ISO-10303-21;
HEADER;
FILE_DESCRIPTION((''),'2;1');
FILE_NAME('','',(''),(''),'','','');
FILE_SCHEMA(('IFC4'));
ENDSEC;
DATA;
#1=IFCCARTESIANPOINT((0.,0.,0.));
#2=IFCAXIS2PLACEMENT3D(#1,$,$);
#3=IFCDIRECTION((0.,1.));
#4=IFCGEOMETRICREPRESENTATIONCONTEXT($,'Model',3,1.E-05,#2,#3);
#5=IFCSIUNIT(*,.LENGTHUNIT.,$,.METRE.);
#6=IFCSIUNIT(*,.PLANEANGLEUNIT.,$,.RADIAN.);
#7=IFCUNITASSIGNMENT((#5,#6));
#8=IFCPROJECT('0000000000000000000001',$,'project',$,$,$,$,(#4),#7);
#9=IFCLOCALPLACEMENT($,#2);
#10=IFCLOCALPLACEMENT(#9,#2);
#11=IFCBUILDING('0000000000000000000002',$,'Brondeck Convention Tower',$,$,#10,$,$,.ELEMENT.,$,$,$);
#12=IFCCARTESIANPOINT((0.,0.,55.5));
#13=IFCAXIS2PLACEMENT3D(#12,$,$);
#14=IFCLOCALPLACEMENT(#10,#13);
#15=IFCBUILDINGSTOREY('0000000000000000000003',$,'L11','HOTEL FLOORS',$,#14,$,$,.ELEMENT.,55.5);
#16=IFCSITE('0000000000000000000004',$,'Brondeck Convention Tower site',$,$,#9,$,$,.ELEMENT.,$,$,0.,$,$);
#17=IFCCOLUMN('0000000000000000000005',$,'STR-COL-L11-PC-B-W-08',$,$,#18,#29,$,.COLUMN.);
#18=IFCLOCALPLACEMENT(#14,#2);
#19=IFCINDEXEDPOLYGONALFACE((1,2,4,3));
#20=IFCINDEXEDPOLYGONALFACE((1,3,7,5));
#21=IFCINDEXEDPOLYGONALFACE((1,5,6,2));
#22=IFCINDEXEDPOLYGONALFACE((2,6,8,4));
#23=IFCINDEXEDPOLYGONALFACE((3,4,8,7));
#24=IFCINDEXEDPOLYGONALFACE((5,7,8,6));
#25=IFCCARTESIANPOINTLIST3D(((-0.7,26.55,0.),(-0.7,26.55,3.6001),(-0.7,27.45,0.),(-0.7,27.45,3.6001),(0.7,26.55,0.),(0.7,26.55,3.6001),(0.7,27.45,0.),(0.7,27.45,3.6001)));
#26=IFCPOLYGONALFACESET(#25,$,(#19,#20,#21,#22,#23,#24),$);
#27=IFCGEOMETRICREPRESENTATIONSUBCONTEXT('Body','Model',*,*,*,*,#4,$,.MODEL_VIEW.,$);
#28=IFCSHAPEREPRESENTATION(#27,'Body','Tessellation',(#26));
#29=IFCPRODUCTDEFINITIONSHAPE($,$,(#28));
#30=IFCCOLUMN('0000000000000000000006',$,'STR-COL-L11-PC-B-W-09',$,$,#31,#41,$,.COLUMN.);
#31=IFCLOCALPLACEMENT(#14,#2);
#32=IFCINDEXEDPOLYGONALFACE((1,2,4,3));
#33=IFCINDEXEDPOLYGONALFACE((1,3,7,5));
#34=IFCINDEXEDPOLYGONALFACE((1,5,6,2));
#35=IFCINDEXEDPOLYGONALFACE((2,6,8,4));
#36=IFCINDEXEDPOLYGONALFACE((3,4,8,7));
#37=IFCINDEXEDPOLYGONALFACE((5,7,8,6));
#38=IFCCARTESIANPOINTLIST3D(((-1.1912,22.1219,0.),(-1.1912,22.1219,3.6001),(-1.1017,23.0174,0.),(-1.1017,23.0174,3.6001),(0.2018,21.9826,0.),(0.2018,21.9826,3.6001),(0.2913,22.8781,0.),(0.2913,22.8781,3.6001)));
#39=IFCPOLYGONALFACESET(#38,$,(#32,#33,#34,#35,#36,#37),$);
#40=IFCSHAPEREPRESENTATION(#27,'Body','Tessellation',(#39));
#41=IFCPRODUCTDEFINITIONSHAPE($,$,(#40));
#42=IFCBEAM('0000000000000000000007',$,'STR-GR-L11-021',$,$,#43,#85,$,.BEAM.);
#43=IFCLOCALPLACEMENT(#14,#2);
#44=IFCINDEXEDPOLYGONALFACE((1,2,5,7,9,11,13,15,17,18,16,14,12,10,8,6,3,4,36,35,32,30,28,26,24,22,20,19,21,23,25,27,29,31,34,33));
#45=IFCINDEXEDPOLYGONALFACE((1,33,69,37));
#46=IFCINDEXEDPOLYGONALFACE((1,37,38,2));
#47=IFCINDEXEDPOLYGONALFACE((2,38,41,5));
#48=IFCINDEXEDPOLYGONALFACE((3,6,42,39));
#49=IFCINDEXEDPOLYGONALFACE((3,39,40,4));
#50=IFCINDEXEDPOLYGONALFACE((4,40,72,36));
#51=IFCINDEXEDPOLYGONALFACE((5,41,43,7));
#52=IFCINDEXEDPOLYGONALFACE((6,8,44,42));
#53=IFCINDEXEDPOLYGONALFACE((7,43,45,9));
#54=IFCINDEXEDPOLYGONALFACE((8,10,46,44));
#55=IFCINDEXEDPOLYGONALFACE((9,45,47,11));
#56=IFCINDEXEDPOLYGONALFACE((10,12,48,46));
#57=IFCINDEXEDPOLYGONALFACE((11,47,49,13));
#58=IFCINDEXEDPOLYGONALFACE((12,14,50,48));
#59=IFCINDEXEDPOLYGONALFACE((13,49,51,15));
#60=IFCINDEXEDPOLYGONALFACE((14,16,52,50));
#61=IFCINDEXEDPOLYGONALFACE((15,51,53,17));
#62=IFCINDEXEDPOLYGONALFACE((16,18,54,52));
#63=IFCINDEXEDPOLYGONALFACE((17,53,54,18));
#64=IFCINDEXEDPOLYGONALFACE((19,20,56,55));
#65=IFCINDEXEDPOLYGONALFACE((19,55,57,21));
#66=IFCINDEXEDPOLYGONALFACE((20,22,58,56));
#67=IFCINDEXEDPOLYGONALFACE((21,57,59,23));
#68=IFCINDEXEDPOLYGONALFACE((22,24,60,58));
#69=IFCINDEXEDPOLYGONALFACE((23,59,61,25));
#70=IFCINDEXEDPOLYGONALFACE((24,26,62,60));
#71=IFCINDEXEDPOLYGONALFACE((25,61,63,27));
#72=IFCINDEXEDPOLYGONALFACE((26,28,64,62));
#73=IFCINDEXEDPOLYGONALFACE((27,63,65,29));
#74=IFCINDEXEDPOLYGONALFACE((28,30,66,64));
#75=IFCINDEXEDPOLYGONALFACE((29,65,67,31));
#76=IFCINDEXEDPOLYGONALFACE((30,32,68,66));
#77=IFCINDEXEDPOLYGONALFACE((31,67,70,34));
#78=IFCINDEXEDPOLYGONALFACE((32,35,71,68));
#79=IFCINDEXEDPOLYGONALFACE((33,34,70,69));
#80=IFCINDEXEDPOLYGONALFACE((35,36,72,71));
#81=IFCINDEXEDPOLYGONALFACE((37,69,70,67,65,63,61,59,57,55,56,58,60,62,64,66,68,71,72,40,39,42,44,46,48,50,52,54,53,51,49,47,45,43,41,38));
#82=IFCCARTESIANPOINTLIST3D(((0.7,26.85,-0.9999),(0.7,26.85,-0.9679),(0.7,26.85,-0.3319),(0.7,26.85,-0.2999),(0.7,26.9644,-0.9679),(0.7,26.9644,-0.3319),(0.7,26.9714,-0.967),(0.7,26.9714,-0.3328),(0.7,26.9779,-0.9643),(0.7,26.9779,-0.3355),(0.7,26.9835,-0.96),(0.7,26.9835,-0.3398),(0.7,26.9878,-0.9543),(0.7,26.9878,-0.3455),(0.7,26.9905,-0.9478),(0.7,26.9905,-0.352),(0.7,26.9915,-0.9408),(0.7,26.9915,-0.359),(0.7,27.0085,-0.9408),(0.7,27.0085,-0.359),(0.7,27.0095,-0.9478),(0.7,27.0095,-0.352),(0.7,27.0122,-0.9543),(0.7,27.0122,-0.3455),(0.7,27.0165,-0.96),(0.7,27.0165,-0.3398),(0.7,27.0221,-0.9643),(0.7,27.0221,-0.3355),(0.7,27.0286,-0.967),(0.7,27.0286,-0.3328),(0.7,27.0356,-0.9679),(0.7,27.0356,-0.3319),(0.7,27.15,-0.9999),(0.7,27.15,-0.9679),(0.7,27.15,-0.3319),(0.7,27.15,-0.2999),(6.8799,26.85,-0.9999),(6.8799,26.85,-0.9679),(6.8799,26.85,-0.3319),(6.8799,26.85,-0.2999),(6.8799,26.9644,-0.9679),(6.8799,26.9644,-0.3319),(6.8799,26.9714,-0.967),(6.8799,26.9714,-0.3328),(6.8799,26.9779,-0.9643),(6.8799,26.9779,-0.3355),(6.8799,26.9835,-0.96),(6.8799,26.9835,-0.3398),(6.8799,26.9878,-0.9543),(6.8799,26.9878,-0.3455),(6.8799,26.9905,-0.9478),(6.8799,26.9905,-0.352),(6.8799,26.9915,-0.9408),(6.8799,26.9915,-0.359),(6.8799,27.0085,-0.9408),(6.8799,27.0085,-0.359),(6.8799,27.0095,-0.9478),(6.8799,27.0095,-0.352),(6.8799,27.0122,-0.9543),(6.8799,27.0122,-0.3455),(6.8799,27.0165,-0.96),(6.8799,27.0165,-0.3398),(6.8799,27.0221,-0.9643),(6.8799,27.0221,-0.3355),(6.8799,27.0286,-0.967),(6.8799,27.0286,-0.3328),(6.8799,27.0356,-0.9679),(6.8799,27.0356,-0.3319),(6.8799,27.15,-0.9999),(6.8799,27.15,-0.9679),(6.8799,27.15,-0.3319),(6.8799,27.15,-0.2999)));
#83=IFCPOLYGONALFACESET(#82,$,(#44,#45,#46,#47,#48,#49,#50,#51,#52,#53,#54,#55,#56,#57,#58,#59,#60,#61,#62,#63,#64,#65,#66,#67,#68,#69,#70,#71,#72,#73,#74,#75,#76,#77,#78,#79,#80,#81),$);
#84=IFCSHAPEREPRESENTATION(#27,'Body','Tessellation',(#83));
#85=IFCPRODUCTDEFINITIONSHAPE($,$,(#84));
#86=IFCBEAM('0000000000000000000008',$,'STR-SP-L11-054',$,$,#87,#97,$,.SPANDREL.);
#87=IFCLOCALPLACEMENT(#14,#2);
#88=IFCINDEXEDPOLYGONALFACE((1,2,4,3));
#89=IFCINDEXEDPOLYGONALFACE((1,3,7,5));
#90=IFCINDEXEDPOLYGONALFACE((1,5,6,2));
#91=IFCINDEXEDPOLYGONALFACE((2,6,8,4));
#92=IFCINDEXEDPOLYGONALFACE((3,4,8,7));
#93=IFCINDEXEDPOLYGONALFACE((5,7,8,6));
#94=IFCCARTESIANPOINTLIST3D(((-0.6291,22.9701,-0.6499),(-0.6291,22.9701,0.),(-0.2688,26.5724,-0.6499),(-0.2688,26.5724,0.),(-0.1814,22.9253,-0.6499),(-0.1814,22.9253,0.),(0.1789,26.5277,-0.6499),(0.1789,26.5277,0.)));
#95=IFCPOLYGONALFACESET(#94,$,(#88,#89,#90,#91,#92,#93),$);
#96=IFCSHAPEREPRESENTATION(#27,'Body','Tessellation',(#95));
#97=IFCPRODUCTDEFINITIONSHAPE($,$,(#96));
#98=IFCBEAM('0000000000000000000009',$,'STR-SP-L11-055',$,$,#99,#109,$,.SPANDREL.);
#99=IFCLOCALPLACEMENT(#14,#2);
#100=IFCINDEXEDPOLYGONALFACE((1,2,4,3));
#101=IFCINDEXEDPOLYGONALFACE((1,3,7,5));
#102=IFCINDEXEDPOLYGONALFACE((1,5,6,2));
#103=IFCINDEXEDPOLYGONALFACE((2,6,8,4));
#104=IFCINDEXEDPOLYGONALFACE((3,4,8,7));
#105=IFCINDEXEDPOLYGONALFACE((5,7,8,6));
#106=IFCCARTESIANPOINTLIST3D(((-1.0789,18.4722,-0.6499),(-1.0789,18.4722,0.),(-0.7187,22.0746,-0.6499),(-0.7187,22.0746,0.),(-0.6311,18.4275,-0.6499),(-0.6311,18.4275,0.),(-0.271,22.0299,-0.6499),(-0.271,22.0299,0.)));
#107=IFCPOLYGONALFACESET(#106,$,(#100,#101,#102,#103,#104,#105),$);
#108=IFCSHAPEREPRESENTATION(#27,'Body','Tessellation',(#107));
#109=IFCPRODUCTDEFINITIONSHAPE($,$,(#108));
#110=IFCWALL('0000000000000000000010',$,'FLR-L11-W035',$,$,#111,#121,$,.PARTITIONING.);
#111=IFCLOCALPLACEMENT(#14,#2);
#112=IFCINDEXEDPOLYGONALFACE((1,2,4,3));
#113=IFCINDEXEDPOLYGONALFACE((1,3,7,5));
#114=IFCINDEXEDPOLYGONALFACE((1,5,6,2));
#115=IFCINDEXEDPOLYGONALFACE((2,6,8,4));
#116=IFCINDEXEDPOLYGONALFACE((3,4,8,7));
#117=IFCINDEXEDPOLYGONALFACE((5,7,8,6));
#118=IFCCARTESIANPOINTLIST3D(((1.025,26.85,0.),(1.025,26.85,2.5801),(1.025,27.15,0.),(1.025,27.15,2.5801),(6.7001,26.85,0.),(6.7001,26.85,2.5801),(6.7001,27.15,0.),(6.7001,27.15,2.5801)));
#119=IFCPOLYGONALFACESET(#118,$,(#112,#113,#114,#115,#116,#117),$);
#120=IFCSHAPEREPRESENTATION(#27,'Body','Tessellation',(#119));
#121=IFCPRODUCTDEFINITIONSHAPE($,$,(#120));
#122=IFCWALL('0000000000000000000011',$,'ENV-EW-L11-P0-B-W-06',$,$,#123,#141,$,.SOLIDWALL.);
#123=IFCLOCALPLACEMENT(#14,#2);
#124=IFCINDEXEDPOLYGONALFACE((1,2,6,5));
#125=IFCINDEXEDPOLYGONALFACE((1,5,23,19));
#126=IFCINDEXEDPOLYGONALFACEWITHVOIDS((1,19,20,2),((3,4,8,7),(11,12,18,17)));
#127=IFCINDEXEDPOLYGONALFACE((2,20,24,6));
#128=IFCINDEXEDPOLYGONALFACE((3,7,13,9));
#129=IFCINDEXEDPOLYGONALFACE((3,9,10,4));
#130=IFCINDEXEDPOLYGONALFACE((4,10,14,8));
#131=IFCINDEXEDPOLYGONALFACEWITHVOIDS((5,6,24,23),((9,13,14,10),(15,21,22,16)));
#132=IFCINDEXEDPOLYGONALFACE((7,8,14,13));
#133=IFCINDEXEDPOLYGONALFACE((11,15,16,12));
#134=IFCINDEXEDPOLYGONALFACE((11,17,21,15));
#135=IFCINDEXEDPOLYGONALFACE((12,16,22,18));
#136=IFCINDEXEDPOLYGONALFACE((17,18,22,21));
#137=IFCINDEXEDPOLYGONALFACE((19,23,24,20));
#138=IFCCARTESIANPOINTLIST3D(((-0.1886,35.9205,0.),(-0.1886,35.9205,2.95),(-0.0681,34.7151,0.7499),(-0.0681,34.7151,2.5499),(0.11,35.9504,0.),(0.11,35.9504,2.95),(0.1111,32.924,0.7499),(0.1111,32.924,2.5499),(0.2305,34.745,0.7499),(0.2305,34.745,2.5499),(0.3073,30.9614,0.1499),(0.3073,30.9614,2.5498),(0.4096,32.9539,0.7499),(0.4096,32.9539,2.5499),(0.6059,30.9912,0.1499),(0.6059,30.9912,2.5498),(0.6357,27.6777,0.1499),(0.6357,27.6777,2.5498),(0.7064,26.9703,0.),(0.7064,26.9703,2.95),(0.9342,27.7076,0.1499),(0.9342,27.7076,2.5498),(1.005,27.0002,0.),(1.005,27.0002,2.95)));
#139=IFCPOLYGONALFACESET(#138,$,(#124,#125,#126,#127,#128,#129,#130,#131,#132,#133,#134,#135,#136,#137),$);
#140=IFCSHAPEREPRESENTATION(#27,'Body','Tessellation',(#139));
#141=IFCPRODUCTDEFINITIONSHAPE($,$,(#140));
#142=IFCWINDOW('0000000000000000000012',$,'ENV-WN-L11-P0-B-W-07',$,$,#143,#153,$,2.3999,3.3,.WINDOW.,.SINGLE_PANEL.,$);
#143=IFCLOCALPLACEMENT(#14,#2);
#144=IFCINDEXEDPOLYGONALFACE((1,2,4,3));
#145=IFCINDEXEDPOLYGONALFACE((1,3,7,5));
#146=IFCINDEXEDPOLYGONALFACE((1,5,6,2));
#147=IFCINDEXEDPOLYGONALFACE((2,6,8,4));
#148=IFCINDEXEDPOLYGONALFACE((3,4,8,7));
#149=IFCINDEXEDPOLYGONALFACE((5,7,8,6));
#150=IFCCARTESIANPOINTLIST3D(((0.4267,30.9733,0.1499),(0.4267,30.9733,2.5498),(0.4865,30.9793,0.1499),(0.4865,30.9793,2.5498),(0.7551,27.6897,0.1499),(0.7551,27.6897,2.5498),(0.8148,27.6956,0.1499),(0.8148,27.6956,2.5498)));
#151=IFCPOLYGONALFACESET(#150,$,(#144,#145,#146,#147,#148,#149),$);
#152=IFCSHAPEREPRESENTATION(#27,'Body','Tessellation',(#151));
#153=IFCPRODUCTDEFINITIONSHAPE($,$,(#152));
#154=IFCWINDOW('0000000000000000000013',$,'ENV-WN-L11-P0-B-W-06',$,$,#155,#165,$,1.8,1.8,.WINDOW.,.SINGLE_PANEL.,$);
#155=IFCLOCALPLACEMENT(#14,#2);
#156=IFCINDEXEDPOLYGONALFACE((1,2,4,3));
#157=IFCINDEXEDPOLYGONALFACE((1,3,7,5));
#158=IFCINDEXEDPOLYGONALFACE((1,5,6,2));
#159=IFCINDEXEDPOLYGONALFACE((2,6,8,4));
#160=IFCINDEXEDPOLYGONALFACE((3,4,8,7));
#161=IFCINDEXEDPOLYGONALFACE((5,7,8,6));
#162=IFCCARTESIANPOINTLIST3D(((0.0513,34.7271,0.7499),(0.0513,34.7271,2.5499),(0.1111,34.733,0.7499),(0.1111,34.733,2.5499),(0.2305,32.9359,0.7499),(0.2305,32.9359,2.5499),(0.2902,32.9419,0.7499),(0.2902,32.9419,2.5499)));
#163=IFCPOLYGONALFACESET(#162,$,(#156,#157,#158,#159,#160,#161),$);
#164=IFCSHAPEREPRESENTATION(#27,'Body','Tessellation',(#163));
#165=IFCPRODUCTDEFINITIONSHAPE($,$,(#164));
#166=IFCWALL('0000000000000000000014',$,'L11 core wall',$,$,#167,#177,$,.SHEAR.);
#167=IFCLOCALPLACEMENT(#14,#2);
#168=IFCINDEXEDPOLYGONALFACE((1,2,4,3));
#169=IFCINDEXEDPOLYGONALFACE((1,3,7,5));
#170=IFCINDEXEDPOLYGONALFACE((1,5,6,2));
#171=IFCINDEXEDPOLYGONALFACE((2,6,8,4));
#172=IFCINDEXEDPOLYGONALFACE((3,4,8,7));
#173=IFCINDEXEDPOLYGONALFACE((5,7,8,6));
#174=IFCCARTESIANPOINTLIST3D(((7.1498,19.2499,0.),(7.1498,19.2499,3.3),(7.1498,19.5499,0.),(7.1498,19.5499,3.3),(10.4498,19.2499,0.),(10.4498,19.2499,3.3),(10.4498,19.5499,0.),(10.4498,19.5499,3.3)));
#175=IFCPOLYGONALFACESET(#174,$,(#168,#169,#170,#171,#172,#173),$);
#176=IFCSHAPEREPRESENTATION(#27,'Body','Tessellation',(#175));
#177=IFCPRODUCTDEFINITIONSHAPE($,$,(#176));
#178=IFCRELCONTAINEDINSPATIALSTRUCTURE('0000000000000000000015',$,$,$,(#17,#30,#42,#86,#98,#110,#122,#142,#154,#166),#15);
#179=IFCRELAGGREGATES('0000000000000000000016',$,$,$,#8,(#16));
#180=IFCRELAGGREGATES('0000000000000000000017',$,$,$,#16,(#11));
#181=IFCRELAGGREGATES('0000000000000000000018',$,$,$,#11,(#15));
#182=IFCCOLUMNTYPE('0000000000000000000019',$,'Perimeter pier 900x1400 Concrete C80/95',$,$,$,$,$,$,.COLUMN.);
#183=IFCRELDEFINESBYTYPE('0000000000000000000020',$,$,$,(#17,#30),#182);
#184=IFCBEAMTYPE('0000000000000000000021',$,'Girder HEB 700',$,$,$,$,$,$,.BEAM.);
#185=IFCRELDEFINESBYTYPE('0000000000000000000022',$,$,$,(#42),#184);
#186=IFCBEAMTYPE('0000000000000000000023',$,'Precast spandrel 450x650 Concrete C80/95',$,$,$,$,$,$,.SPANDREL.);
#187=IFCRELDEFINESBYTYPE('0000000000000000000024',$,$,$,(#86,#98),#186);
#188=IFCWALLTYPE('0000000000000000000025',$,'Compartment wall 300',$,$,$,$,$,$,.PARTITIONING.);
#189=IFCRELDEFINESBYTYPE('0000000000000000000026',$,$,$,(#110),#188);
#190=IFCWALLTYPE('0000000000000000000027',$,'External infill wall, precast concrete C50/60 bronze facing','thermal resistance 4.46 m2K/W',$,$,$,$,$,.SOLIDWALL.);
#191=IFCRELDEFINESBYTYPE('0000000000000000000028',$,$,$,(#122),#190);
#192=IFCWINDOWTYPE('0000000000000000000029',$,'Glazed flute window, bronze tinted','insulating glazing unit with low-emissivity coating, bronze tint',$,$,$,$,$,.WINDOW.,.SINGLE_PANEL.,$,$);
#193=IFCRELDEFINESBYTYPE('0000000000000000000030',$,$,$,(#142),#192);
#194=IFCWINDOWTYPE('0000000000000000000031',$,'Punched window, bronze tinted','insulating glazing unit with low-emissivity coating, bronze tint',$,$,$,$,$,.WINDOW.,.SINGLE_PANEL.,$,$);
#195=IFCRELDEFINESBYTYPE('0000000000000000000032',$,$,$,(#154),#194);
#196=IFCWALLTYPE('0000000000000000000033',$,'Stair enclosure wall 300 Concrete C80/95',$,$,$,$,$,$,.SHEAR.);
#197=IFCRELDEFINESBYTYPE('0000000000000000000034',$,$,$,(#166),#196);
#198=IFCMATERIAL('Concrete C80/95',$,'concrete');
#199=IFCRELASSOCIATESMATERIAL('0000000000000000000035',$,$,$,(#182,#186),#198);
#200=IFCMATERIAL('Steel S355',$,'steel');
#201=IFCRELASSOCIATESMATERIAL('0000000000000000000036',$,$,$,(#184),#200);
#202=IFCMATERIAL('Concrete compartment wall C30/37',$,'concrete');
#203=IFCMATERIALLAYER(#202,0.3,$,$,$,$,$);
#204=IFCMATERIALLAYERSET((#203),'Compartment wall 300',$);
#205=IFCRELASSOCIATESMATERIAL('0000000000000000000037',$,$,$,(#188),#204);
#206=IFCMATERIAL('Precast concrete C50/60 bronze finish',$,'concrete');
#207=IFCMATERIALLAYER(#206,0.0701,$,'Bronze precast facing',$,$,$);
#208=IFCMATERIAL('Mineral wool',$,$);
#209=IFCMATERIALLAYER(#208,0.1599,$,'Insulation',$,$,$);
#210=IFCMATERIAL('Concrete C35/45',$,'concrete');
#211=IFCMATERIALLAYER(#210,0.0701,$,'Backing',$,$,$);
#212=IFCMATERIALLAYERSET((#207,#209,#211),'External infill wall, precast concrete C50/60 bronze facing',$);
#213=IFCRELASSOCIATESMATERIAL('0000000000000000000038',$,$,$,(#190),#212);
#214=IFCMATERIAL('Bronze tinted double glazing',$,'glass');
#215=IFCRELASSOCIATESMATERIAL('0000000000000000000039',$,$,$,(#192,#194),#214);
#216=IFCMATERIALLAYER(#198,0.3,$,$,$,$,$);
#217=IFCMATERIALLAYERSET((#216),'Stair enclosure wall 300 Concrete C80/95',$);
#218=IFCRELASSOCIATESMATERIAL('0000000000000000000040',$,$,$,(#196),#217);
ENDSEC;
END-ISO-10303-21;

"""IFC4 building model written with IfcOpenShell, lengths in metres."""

from ifc_helpers import new_model, si_unit, direction, frame, frame_2d, origin, origin_2d, place, context, subcontext, project, spatial, rectangle, i_section, extrude, material, layer, layer_set, material_profile, profile_set, type_object, element, fill, save


model = new_model("IFC4")

# Units and contexts
model_context = context("Model", 3, precision=1e-05, world=origin(), true_north=direction((0.0, 1.0)))
body_context = subcontext(model_context, "Body", "Model", "MODEL_VIEW")
ifc_project = project(units=[si_unit("LENGTHUNIT", "METRE"), si_unit("PLANEANGLEUNIT", "RADIAN")], contexts=[model_context])

# Site, building, storey
site_placement = place(None, origin())
site = spatial("IfcSite", under=ifc_project, at=site_placement, Name="Brondeck Convention Tower site", CompositionType="ELEMENT", RefElevation=0.0)
building_placement = place(site_placement, origin())
building = spatial("IfcBuilding", under=site, at=building_placement, Name="Brondeck Convention Tower", CompositionType="ELEMENT")
storey_placement = place(building_placement, frame((0.0, 0.0, 55.5)))
storey = spatial("IfcBuildingStorey", under=building, at=storey_placement, Name="L11", Description="HOTEL FLOORS", CompositionType="ELEMENT", Elevation=55.5)

# Columns
ifc_material_1 = material(Name="Concrete C80/95", Category="concrete")
ifc_material_profile_1 = material_profile(ifc_material_1, rectangle(XDim=0.8999, YDim=1.3999, at=origin_2d()), Name="Perimeter pier 900x1400 Concrete C80/95")
ifc_profile_set_1 = profile_set([ifc_material_profile_1], Name="Concrete C80/95")
column_type = type_object("IfcColumnType", Name="Perimeter pier 900x1400 Concrete C80/95", PredefinedType="COLUMN", material=ifc_profile_set_1)
for number, where, z_axis, x_axis, name in (
    (1, (0.0, 27.0, 0.0), (0.0, 0.0, 1.0), (0.0, -1.0, 0.0), "STR-COL-L11-PC-B-W-08"),
    (2, (-0.45, 22.5, 0.0), (0.0, 0.0, 1.0), (-0.099504, -0.995037, 0.0), "STR-COL-L11-PC-B-W-09"),
):
    element("IfcColumn", number, at=place(storey_placement, frame(where, z_axis=z_axis, x_axis=x_axis)), inside=storey, type_object=column_type, Name=name, PredefinedType="COLUMN", context=body_context, shape_type="SweptSolid", body=[
        extrude(rectangle(XDim=0.8999, YDim=1.3999, at=origin_2d()), origin(), (0.0, 0.0, 1.0), 3.6001),
    ])

# Beams
ifc_material_2 = material(Name="Steel S355", Category="steel")
ifc_material_profile_2 = material_profile(ifc_material_2, i_section(OverallWidth=0.3, OverallDepth=0.7, WebThickness=0.0171, FlangeThickness=0.032, FilletRadius=0.0271, at=origin_2d()), Name="HEB 700")
ifc_profile_set_2 = profile_set([ifc_material_profile_2], Name="Steel S355")
beam_type_1 = type_object("IfcBeamType", Name="Girder HEB 700", PredefinedType="BEAM", material=ifc_profile_set_2)
beam_placement = place(storey_placement, frame((0.7, 27.0, -0.6499), z_axis=(1.0, 0.0, 0.0), x_axis=(0.0, 1.0, 0.0)))
element("IfcBeam", 3, at=beam_placement, inside=storey, type_object=beam_type_1, Name="STR-GR-L11-021", PredefinedType="BEAM", context=body_context, shape_type="SweptSolid", body=[
    extrude(i_section(OverallWidth=0.3, OverallDepth=0.7, WebThickness=0.0171, FlangeThickness=0.032, FilletRadius=0.0271, at=origin_2d()), origin(), (0.0, 0.0, 1.0), 6.1799),
])
ifc_material_profile_3 = material_profile(ifc_material_1, rectangle(XDim=0.45, YDim=0.6499, at=origin_2d()), Name="Precast spandrel 450x650 Concrete C80/95")
ifc_profile_set_3 = profile_set([ifc_material_profile_3], Name="Concrete C80/95")
beam_type_2 = type_object("IfcBeamType", Name="Precast spandrel 450x650 Concrete C80/95", PredefinedType="SPANDREL", material=ifc_profile_set_3)
for number, where, z_axis, x_axis, name in (
    (4, (-0.0449, 26.55, -0.325), (-0.099537, -0.995034, 0.0), (0.995034, -0.099537, 0.0), "STR-SP-L11-054"),
    (5, (-0.4949, 22.0522, -0.325), (-0.09947, -0.995041, 0.0), (0.995041, -0.09947, 0.0), "STR-SP-L11-055"),
):
    element("IfcBeam", number, at=place(storey_placement, frame(where, z_axis=z_axis, x_axis=x_axis)), inside=storey, type_object=beam_type_2, Name=name, PredefinedType="SPANDREL", context=body_context, shape_type="SweptSolid", body=[
        extrude(rectangle(XDim=0.45, YDim=0.6499, at=origin_2d()), origin(), (0.0, 0.0, 1.0), 3.6204),
    ])

# Wall
ifc_material_3 = material(Name="Concrete compartment wall C30/37", Category="concrete")
ifc_layer_1 = layer(ifc_material_3, 0.3)
ifc_layer_set_1 = layer_set([ifc_layer_1], Name="Compartment wall 300")
wall_type_1 = type_object("IfcWallType", Name="Compartment wall 300", PredefinedType="PARTITIONING", material=ifc_layer_set_1)
wall_1_placement = place(storey_placement, frame((6.7, 27.0, 0.0), z_axis=(0.0, 0.0, 1.0), x_axis=(-1.0, 0.0, 0.0)))
element("IfcWall", 6, at=wall_1_placement, inside=storey, type_object=wall_type_1, Name="FLR-L11-W035", PredefinedType="PARTITIONING", context=body_context, shape_type="SweptSolid", body=[
    extrude(rectangle(XDim=5.675, YDim=0.3, at=frame_2d((2.8374, 0.0))), origin(), (0.0, 0.0, 1.0), 2.5801),
])

# Wall, openings, windows
ifc_material_4 = material(Name="Precast concrete C50/60 bronze finish", Category="concrete")
ifc_layer_2 = layer(ifc_material_4, 0.0701, Name="Bronze precast facing")
ifc_material_5 = material(Name="Mineral wool")
ifc_layer_3 = layer(ifc_material_5, 0.1599, Name="Insulation")
ifc_material_6 = material(Name="Concrete C35/45", Category="concrete")
ifc_layer_4 = layer(ifc_material_6, 0.0701, Name="Backing")
ifc_layer_set_2 = layer_set([ifc_layer_2, ifc_layer_3, ifc_layer_4], Name="External infill wall, precast concrete C50/60 bronze facing")
wall_type_2 = type_object("IfcWallType", Name="External infill wall, precast concrete C50/60 bronze facing", Description="thermal resistance 4.46 m2K/W", PredefinedType="SOLIDWALL", material=ifc_layer_set_2)
wall_2_placement = place(storey_placement, frame((0.8557, 26.9851, 0.0), z_axis=(0.0, 0.0, 1.0), x_axis=(-0.099504, 0.995037, 0.0)))
wall_2 = element("IfcWall", 7, at=wall_2_placement, inside=storey, type_object=wall_type_2, Name="ENV-EW-L11-P0-B-W-06", PredefinedType="SOLIDWALL", context=body_context, shape_type="SweptSolid", body=[
    extrude(rectangle(XDim=8.9949, YDim=0.3, at=frame_2d((4.4976, 0.0))), origin(), (0.0, 0.0, 1.0), 2.95),
])
opening_1_placement = place(wall_2_placement, frame((0.7112, 0.0, 0.1499)))
opening_1 = element("IfcOpeningElement", 8, at=opening_1_placement, cuts=wall_2, PredefinedType="OPENING", context=body_context, shape_type="SweptSolid", body=[
    extrude(rectangle(XDim=3.3, YDim=2.3999, at=frame_2d((1.6499, 1.2))), frame((0.0, 0.1599, 0.0), z_axis=(0.0, -1.0, 0.0), x_axis=(1.0, 0.0, 0.0)), (0.0, 0.0, 1.0), 0.3201),
])
opening_2_placement = place(wall_2_placement, frame((5.9836, 0.0, 0.75)))
opening_2 = element("IfcOpeningElement", 9, at=opening_2_placement, cuts=wall_2, PredefinedType="OPENING", context=body_context, shape_type="SweptSolid", body=[
    extrude(rectangle(XDim=1.8, YDim=1.8, at=frame_2d((0.8999, 0.8999))), frame((0.0, 0.1599, 0.0), z_axis=(0.0, -1.0, 0.0), x_axis=(1.0, 0.0, 0.0)), (0.0, 0.0, 1.0), 0.3201),
])
ifc_material_7 = material(Name="Bronze tinted double glazing", Category="glass")
window_type_1 = type_object("IfcWindowType", Name="Glazed flute window, bronze tinted", Description="insulating glazing unit with low-emissivity coating, bronze tint", PartitioningType="SINGLE_PANEL", PredefinedType="WINDOW", material=ifc_material_7)
window_1_placement = place(opening_1_placement, origin())
window_1 = element("IfcWindow", 10, at=window_1_placement, inside=storey, type_object=window_type_1, Name="ENV-WN-L11-P0-B-W-07", OverallHeight=2.3999, OverallWidth=3.3, PartitioningType="SINGLE_PANEL", PredefinedType="WINDOW", context=body_context, shape_type="SweptSolid", body=[
    extrude(rectangle(XDim=3.3, YDim=2.3999, at=frame_2d((1.6499, 1.2))), frame((0.0, 0.03, 0.0), z_axis=(0.0, -1.0, 0.0), x_axis=(1.0, 0.0, 0.0)), (0.0, 0.0, 1.0), 0.0601),
])
fill(opening_1, window_1)
window_type_2 = type_object("IfcWindowType", Name="Punched window, bronze tinted", Description="insulating glazing unit with low-emissivity coating, bronze tint", PartitioningType="SINGLE_PANEL", PredefinedType="WINDOW", material=ifc_material_7)
window_2_placement = place(opening_2_placement, origin())
window_2 = element("IfcWindow", 11, at=window_2_placement, inside=storey, type_object=window_type_2, Name="ENV-WN-L11-P0-B-W-06", OverallHeight=1.8, OverallWidth=1.8, PartitioningType="SINGLE_PANEL", PredefinedType="WINDOW", context=body_context, shape_type="SweptSolid", body=[
    extrude(rectangle(XDim=1.8, YDim=1.8, at=frame_2d((0.8999, 0.8999))), frame((0.0, 0.03, 0.0), z_axis=(0.0, -1.0, 0.0), x_axis=(1.0, 0.0, 0.0)), (0.0, 0.0, 1.0), 0.0601),
])
fill(opening_2, window_2)

# Wall
ifc_layer_5 = layer(ifc_material_1, 0.3)
ifc_layer_set_3 = layer_set([ifc_layer_5], Name="Stair enclosure wall 300 Concrete C80/95")
wall_type_3 = type_object("IfcWallType", Name="Stair enclosure wall 300 Concrete C80/95", PredefinedType="SHEAR", material=ifc_layer_set_3)
wall_3_placement = place(storey_placement, frame((7.1499, 19.3999, 0.0), z_axis=(0.0, 0.0, 1.0), x_axis=(1.0, 0.0, 0.0)))
element("IfcWall", 12, at=wall_3_placement, inside=storey, type_object=wall_type_3, Name="L11 core wall", PredefinedType="SHEAR", context=body_context, shape_type="SweptSolid", body=[
    extrude(rectangle(XDim=3.3, YDim=0.3, at=frame_2d((1.6499, 0.0))), origin(), (0.0, 0.0, 1.0), 3.3),
])

save(model, "model.ifc")
